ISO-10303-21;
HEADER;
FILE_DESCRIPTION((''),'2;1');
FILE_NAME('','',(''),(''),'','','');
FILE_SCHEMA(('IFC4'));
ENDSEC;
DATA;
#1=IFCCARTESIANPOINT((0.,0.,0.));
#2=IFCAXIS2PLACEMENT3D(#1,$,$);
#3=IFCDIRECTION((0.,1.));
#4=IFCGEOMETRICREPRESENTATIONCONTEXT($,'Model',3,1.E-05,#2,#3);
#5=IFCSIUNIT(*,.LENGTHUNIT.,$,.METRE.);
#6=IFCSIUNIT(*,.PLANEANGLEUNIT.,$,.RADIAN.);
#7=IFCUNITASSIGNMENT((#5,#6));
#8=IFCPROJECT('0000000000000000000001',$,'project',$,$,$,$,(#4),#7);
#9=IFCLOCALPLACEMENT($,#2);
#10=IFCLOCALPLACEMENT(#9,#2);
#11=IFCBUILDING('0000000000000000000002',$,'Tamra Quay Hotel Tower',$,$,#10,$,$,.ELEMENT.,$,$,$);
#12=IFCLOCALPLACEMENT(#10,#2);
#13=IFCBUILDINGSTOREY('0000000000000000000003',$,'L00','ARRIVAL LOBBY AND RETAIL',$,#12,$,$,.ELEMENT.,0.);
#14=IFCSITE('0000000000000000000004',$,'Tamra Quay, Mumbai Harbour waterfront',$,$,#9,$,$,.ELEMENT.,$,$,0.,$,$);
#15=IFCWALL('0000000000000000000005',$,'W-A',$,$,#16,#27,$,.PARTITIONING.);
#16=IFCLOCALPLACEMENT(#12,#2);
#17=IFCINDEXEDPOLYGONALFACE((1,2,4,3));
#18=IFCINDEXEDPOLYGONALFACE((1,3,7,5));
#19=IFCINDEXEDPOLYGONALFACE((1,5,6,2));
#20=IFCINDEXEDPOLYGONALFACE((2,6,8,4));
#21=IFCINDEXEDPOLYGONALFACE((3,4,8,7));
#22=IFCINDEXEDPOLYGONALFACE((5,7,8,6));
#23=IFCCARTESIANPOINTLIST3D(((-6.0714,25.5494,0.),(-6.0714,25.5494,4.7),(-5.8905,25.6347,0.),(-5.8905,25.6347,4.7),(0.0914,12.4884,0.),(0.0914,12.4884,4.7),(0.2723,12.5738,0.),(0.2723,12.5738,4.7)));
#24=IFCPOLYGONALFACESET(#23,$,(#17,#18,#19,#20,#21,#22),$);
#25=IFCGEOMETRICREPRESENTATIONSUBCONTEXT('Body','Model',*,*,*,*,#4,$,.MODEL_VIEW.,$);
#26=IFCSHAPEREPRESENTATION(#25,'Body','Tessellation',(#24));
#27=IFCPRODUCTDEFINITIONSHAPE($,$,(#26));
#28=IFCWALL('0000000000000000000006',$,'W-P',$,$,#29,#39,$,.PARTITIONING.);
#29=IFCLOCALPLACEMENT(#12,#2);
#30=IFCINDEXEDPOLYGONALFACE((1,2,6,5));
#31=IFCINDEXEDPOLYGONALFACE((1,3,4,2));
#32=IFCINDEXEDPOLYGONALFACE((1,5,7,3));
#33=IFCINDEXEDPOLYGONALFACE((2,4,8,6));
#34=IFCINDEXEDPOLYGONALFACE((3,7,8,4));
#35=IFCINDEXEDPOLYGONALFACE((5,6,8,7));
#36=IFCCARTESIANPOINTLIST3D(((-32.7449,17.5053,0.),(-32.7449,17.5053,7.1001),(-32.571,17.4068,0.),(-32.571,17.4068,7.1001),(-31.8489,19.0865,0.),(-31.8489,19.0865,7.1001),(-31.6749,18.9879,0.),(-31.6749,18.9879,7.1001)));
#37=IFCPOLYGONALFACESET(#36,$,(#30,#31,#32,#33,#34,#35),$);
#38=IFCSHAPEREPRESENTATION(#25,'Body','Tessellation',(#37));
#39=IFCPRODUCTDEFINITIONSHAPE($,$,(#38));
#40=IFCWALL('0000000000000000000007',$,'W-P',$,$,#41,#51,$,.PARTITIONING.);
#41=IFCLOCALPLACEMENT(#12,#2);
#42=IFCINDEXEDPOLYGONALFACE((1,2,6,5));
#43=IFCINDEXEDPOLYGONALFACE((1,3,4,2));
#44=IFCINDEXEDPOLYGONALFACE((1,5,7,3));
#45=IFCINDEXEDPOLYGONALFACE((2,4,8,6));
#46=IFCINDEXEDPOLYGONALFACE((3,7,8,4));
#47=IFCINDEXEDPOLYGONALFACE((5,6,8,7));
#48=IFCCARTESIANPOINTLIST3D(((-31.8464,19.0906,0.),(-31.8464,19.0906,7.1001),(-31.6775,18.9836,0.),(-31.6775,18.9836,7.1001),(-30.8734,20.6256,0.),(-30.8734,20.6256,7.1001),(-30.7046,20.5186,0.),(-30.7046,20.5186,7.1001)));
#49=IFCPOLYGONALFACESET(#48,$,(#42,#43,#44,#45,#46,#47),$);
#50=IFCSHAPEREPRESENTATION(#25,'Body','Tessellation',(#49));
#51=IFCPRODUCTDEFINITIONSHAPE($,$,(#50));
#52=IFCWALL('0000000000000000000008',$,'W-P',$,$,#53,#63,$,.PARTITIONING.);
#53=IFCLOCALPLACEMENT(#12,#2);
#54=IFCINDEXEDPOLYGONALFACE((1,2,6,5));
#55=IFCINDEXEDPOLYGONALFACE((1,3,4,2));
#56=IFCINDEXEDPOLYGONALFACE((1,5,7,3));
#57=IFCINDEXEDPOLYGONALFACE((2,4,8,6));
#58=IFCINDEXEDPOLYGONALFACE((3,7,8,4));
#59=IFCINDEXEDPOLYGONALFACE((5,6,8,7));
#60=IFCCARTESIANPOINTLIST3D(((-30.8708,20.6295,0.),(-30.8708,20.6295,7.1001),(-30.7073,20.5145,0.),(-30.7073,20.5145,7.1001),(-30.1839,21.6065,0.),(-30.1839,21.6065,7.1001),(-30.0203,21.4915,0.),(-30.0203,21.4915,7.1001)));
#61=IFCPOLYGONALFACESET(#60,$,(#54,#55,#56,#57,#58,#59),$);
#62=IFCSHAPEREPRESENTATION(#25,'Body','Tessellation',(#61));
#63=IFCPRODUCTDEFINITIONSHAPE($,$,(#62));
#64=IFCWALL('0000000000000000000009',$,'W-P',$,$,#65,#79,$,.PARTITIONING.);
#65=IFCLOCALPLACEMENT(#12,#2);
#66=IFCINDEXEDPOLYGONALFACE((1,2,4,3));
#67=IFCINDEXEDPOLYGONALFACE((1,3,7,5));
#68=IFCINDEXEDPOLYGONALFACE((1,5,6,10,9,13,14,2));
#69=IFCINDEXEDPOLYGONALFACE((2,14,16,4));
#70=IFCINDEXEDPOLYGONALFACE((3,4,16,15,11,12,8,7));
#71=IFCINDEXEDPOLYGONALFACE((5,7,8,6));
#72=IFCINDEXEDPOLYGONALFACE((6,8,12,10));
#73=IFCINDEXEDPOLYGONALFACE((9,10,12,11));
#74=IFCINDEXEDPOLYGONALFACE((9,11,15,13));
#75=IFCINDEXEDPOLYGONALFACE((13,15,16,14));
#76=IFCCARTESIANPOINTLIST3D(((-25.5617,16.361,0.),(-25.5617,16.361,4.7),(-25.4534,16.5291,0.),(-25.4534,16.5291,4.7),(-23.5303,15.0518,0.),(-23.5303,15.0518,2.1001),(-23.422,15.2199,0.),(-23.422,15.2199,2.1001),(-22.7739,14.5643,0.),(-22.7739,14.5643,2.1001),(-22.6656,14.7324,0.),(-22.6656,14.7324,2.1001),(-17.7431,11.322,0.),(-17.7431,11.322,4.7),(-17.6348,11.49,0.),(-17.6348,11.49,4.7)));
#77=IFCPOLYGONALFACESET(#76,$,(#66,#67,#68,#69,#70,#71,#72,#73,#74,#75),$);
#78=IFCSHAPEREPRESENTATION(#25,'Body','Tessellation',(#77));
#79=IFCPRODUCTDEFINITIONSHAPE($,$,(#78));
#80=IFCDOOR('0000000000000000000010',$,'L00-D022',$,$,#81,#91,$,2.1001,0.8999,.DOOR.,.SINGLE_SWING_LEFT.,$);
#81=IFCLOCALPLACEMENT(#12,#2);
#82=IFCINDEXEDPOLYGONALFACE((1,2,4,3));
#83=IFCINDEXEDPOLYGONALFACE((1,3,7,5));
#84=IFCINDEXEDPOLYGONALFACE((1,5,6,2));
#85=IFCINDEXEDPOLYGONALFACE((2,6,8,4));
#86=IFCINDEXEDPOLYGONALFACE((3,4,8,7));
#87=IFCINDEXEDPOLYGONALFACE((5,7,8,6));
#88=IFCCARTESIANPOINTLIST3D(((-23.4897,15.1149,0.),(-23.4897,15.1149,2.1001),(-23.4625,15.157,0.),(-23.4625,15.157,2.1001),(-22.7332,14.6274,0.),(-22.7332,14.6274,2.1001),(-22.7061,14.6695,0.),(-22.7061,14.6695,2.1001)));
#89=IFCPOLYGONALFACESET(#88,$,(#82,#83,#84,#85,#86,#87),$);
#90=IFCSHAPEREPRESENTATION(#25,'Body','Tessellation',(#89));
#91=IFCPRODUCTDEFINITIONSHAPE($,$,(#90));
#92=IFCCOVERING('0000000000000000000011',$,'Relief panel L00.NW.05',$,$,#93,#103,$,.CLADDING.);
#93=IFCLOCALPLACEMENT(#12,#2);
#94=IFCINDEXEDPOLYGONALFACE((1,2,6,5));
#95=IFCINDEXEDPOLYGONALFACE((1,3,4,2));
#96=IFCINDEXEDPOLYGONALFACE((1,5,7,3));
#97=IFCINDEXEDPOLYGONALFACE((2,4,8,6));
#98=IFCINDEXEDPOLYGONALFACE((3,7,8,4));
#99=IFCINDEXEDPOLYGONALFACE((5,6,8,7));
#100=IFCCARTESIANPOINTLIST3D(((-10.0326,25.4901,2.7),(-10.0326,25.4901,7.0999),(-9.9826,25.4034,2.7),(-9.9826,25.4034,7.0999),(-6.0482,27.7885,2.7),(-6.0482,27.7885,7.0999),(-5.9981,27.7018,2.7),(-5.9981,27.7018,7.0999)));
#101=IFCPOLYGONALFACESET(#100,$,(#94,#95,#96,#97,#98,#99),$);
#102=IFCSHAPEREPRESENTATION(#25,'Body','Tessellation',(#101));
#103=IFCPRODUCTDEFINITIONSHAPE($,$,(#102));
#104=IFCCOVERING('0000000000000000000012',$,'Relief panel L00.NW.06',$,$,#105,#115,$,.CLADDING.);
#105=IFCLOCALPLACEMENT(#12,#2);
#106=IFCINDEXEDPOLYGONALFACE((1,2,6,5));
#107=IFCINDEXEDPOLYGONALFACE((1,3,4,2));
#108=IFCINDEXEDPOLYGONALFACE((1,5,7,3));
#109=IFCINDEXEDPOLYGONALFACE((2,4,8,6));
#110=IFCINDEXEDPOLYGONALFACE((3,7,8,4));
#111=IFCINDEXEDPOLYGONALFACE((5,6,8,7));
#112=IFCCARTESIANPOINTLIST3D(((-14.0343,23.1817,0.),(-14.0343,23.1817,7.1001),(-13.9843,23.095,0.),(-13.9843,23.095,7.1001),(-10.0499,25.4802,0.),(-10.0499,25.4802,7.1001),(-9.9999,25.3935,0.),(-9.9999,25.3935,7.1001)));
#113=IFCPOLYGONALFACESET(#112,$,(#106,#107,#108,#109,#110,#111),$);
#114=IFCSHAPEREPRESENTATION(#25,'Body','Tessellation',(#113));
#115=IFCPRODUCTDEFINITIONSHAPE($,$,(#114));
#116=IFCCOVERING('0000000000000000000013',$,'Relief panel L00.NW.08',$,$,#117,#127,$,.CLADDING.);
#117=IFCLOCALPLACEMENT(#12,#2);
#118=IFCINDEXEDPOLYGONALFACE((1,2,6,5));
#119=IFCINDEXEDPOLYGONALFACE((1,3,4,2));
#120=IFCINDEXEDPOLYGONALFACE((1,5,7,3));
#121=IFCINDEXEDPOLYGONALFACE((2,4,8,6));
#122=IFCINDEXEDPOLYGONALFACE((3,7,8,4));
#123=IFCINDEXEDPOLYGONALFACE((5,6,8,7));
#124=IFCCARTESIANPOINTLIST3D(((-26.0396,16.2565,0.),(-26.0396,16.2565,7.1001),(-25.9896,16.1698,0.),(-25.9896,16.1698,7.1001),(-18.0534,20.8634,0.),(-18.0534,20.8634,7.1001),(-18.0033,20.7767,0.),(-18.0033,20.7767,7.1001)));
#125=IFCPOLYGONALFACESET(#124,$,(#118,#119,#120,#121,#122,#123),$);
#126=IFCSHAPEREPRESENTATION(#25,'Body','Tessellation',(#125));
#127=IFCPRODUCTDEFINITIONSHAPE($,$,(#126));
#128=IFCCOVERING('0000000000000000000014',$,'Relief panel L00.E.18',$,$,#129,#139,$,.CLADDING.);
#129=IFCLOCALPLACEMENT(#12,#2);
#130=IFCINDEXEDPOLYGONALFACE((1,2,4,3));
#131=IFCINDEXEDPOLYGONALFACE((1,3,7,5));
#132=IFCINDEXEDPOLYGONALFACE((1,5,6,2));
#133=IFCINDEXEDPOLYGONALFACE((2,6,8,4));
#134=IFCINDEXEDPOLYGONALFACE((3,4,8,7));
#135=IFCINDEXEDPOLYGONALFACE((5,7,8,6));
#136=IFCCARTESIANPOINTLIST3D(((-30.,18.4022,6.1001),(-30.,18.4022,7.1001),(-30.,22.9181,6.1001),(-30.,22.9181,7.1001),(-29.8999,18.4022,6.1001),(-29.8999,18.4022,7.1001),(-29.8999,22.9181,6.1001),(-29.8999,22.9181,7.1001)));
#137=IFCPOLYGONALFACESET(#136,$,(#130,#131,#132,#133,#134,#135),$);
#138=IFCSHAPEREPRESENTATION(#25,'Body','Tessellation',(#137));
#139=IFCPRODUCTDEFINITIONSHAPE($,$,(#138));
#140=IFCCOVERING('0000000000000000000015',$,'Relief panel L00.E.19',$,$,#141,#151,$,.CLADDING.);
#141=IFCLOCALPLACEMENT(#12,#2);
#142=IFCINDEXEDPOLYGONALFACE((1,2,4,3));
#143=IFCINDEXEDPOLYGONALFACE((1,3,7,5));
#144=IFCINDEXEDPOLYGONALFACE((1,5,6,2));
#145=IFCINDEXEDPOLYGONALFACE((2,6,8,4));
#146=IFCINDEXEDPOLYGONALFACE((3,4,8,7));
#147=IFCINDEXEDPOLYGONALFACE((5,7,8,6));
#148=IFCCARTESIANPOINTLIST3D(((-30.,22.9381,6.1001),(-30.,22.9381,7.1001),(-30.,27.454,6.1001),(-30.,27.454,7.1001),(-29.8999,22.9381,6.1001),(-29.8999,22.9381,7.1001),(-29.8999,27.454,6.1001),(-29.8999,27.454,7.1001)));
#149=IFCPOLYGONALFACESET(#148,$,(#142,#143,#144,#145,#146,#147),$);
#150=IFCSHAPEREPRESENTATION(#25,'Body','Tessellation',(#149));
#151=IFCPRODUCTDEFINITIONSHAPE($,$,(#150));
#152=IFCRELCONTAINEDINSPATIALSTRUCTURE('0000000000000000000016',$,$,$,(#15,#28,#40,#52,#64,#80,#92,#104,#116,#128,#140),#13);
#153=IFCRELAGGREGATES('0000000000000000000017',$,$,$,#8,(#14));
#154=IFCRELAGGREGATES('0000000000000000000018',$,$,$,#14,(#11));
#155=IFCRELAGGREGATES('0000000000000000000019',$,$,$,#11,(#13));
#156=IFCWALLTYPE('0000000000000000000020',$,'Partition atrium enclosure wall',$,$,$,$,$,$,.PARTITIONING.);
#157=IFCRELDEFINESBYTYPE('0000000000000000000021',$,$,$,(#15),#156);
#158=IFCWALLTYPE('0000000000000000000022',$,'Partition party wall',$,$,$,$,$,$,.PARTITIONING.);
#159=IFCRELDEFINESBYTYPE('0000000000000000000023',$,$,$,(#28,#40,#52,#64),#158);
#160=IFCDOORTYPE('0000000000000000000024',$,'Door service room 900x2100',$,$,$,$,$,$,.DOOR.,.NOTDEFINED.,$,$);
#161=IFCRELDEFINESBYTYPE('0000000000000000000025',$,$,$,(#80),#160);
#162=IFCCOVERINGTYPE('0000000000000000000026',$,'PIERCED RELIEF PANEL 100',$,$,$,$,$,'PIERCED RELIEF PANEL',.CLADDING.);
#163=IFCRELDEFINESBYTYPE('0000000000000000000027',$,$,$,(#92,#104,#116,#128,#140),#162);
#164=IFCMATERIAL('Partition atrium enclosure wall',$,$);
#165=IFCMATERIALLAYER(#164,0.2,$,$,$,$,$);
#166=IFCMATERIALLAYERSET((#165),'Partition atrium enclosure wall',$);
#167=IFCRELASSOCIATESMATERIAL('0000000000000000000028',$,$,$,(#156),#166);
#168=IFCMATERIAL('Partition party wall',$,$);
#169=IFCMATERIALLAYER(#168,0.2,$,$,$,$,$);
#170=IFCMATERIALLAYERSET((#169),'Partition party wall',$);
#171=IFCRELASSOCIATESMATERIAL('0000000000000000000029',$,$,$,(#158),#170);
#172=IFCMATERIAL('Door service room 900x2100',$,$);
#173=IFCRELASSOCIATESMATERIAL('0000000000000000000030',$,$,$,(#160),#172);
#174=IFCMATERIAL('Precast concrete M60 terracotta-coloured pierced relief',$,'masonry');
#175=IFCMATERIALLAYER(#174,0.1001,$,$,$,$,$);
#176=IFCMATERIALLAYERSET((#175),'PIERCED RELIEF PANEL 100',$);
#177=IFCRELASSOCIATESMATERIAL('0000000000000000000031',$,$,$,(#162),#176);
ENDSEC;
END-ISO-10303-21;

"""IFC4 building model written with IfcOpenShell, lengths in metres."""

from ifc_helpers import new_model, si_unit, direction, frame, frame_2d, origin, origin_2d, place, context, subcontext, project, spatial, rectangle, extrude, material, layer, layer_set, type_object, element, fill, save


model = new_model("IFC4")

# Units and contexts
model_context = context("Model", 3, precision=1e-05, world=origin(), true_north=direction((0.0, 1.0)))
body_context = subcontext(model_context, "Body", "Model", "MODEL_VIEW")
ifc_project = project(units=[si_unit("LENGTHUNIT", "METRE"), si_unit("PLANEANGLEUNIT", "RADIAN")], contexts=[model_context])

# Site, building, storey
site_placement = place(None, origin())
site = spatial("IfcSite", under=ifc_project, at=site_placement, Name="Tamra Quay, Mumbai Harbour waterfront", CompositionType="ELEMENT", RefElevation=0.0)
building_placement = place(site_placement, origin())
building = spatial("IfcBuilding", under=site, at=building_placement, Name="Tamra Quay Hotel Tower", CompositionType="ELEMENT")
storey_placement = place(building_placement, origin())
storey = spatial("IfcBuildingStorey", under=building, at=storey_placement, Name="L00", Description="ARRIVAL LOBBY AND RETAIL", CompositionType="ELEMENT", Elevation=0.0)

# Walls
ifc_material_1 = material(Name="Partition atrium enclosure wall")
ifc_layer_1 = layer(ifc_material_1, 0.2)
ifc_layer_set_1 = layer_set([ifc_layer_1], Name="Partition atrium enclosure wall")
wall_type_1 = type_object("IfcWallType", Name="Partition atrium enclosure wall", PredefinedType="PARTITIONING", material=ifc_layer_set_1)
wall_1_placement = place(storey_placement, frame((-5.981, 25.592, 0.0), z_axis=(0.0, 0.0, 1.0), x_axis=(0.426731, -0.904379, 0.0)))
element("IfcWall", 1, at=wall_1_placement, inside=storey, type_object=wall_type_1, Name="W-A", PredefinedType="PARTITIONING", context=body_context, shape_type="SweptSolid", body=[
    extrude(rectangle(XDim=14.4419, YDim=0.2, at=frame_2d((7.2209, 0.0))), origin(), (0.0, 0.0, 1.0), 4.7),
])
ifc_material_2 = material(Name="Partition party wall")
ifc_layer_2 = layer(ifc_material_2, 0.2)
ifc_layer_set_2 = layer_set([ifc_layer_2], Name="Partition party wall")
wall_type_2 = type_object("IfcWallType", Name="Partition party wall", PredefinedType="PARTITIONING", material=ifc_layer_set_2)
for number, where, z_axis, x_axis, name in (
    (2, (-32.658, 17.4561, 0.0), (0.0, 0.0, 1.0), (0.49304, 0.870007, 0.0), "W-P"),
    (3, (-31.762, 19.0371, 0.0), (0.0, 0.0, 1.0), (0.535362, 0.844623, 0.0), "W-P"),
):
    element("IfcWall", number, at=place(storey_placement, frame(where, z_axis=z_axis, x_axis=x_axis)), inside=storey, type_object=wall_type_2, Name=name, PredefinedType="PARTITIONING", context=body_context, shape_type="SweptSolid", body=[
        extrude(rectangle(XDim=1.8174, YDim=0.2, at=frame_2d((0.9087, 0.0))), origin(), (0.0, 0.0, 1.0), 7.1001),
    ])
wall_2_placement = place(storey_placement, frame((-30.7891, 20.572, 0.0), z_axis=(0.0, 0.0, 1.0), x_axis=(0.57519, 0.81802, 0.0)))
element("IfcWall", 4, at=wall_2_placement, inside=storey, type_object=wall_type_2, Name="W-P", PredefinedType="PARTITIONING", context=body_context, shape_type="SweptSolid", body=[
    extrude(rectangle(XDim=1.1943, YDim=0.2, at=frame_2d((0.5972, 0.0))), origin(), (0.0, 0.0, 1.0), 7.1001),
])

# Wall, opening, door
wall_3_placement = place(storey_placement, frame((-25.5076, 16.4451, 0.0), z_axis=(0.0, 0.0, 1.0), x_axis=(0.840551, -0.541732, 0.0)))
wall_3 = element("IfcWall", 5, at=wall_3_placement, inside=storey, type_object=wall_type_2, Name="W-P", PredefinedType="PARTITIONING", context=body_context, shape_type="SweptSolid", body=[
    extrude(rectangle(XDim=9.3018, YDim=0.2, at=frame_2d((4.6509, 0.0))), origin(), (0.0, 0.0, 1.0), 4.7),
])
opening_1_placement = place(wall_3_placement, frame((2.4167, 0.0, 0.0)))
opening_1 = element("IfcOpeningElement", 6, at=opening_1_placement, cuts=wall_3, PredefinedType="OPENING", context=body_context, shape_type="SweptSolid", body=[
    extrude(rectangle(XDim=0.8999, YDim=2.1001, at=frame_2d((0.45, 1.05))), frame((0.0, 0.1099, 0.0), z_axis=(0.0, -1.0, 0.0), x_axis=(1.0, 0.0, 0.0)), (0.0, 0.0, 1.0), 0.22),
])
ifc_material_3 = material(Name="Door service room 900x2100")
door_type_1 = type_object("IfcDoorType", Name="Door service room 900x2100", OperationType="NOTDEFINED", PredefinedType="DOOR", material=ifc_material_3)
door_1_placement = place(opening_1_placement, frame((0.8999, 0.0, 0.0), z_axis=(0.0, 0.0, 1.0), x_axis=(-1.0, 0.0, 0.0)))
door_1 = element("IfcDoor", 7, at=door_1_placement, inside=storey, type_object=door_type_1, Name="L00-D022", OperationType="SINGLE_SWING_LEFT", OverallHeight=2.1001, OverallWidth=0.8999, PredefinedType="DOOR", context=body_context, shape_type="SweptSolid", body=[
    extrude(rectangle(XDim=0.8999, YDim=2.1001, at=frame_2d((0.45, 1.05))), frame((0.0, 0.0249, 0.0), z_axis=(0.0, -1.0, 0.0), x_axis=(1.0, 0.0, 0.0)), (0.0, 0.0, 1.0), 0.05),
])
fill(opening_1, door_1)

# Coverings
ifc_material_4 = material(Name="Precast concrete M60 terracotta-coloured pierced relief", Category="masonry")
ifc_layer_3 = layer(ifc_material_4, 0.1001)
ifc_layer_set_3 = layer_set([ifc_layer_3], Name="PIERCED RELIEF PANEL 100")
covering_type = type_object("IfcCoveringType", Name="PIERCED RELIEF PANEL 100", ElementType="PIERCED RELIEF PANEL", PredefinedType="CLADDING", material=ifc_layer_set_3)
covering_1_placement = place(storey_placement, frame((-8.0154, 26.5959, 2.7), z_axis=(0.0, 0.0, 1.0), x_axis=(-0.866215, -0.499672, 0.0)))
element("IfcCovering", 8, at=covering_1_placement, inside=storey, type_object=covering_type, Name="Relief panel L00.NW.05", PredefinedType="CLADDING", context=body_context, shape_type="SweptSolid", body=[
    extrude(rectangle(XDim=4.5999, YDim=0.1001, at=origin_2d()), origin(), (0.0, 0.0, 1.0), 4.3999),
])
covering_2_placement = place(storey_placement, frame((-12.0171, 24.2876, 0.0), z_axis=(0.0, 0.0, 1.0), x_axis=(-0.866215, -0.499672, 0.0)))
element("IfcCovering", 9, at=covering_2_placement, inside=storey, type_object=covering_type, Name="Relief panel L00.NW.06", PredefinedType="CLADDING", context=body_context, shape_type="SweptSolid", body=[
    extrude(rectangle(XDim=4.5999, YDim=0.1001, at=origin_2d()), origin(), (0.0, 0.0, 1.0), 7.1001),
])
covering_3_placement = place(storey_placement, frame((-22.0215, 18.5166, 0.0), z_axis=(0.0, 0.0, 1.0), x_axis=(-0.866215, -0.499672, 0.0)))
element("IfcCovering", 10, at=covering_3_placement, inside=storey, type_object=covering_type, Name="Relief panel L00.NW.08", PredefinedType="CLADDING", context=body_context, shape_type="SweptSolid", body=[
    extrude(rectangle(XDim=9.2197, YDim=0.1001, at=origin_2d()), origin(), (0.0, 0.0, 1.0), 7.1001),
])
for number, where, z_axis, x_axis, name in (
    (11, (-29.95, 20.6602, 6.1001), (0.0, 0.0, 1.0), (0.0, 1.0, 0.0), "Relief panel L00.E.18"),
    (12, (-29.95, 25.196, 6.1001), (0.0, 0.0, 1.0), (0.0, 1.0, 0.0), "Relief panel L00.E.19"),
):
    element("IfcCovering", number, at=place(storey_placement, frame(where, z_axis=z_axis, x_axis=x_axis)), inside=storey, type_object=covering_type, Name=name, PredefinedType="CLADDING", context=body_context, shape_type="SweptSolid", body=[
        extrude(rectangle(XDim=4.5159, YDim=0.1001, at=origin_2d()), origin(), (0.0, 0.0, 1.0), 1.0),
    ])

save(model, "model.ifc")
